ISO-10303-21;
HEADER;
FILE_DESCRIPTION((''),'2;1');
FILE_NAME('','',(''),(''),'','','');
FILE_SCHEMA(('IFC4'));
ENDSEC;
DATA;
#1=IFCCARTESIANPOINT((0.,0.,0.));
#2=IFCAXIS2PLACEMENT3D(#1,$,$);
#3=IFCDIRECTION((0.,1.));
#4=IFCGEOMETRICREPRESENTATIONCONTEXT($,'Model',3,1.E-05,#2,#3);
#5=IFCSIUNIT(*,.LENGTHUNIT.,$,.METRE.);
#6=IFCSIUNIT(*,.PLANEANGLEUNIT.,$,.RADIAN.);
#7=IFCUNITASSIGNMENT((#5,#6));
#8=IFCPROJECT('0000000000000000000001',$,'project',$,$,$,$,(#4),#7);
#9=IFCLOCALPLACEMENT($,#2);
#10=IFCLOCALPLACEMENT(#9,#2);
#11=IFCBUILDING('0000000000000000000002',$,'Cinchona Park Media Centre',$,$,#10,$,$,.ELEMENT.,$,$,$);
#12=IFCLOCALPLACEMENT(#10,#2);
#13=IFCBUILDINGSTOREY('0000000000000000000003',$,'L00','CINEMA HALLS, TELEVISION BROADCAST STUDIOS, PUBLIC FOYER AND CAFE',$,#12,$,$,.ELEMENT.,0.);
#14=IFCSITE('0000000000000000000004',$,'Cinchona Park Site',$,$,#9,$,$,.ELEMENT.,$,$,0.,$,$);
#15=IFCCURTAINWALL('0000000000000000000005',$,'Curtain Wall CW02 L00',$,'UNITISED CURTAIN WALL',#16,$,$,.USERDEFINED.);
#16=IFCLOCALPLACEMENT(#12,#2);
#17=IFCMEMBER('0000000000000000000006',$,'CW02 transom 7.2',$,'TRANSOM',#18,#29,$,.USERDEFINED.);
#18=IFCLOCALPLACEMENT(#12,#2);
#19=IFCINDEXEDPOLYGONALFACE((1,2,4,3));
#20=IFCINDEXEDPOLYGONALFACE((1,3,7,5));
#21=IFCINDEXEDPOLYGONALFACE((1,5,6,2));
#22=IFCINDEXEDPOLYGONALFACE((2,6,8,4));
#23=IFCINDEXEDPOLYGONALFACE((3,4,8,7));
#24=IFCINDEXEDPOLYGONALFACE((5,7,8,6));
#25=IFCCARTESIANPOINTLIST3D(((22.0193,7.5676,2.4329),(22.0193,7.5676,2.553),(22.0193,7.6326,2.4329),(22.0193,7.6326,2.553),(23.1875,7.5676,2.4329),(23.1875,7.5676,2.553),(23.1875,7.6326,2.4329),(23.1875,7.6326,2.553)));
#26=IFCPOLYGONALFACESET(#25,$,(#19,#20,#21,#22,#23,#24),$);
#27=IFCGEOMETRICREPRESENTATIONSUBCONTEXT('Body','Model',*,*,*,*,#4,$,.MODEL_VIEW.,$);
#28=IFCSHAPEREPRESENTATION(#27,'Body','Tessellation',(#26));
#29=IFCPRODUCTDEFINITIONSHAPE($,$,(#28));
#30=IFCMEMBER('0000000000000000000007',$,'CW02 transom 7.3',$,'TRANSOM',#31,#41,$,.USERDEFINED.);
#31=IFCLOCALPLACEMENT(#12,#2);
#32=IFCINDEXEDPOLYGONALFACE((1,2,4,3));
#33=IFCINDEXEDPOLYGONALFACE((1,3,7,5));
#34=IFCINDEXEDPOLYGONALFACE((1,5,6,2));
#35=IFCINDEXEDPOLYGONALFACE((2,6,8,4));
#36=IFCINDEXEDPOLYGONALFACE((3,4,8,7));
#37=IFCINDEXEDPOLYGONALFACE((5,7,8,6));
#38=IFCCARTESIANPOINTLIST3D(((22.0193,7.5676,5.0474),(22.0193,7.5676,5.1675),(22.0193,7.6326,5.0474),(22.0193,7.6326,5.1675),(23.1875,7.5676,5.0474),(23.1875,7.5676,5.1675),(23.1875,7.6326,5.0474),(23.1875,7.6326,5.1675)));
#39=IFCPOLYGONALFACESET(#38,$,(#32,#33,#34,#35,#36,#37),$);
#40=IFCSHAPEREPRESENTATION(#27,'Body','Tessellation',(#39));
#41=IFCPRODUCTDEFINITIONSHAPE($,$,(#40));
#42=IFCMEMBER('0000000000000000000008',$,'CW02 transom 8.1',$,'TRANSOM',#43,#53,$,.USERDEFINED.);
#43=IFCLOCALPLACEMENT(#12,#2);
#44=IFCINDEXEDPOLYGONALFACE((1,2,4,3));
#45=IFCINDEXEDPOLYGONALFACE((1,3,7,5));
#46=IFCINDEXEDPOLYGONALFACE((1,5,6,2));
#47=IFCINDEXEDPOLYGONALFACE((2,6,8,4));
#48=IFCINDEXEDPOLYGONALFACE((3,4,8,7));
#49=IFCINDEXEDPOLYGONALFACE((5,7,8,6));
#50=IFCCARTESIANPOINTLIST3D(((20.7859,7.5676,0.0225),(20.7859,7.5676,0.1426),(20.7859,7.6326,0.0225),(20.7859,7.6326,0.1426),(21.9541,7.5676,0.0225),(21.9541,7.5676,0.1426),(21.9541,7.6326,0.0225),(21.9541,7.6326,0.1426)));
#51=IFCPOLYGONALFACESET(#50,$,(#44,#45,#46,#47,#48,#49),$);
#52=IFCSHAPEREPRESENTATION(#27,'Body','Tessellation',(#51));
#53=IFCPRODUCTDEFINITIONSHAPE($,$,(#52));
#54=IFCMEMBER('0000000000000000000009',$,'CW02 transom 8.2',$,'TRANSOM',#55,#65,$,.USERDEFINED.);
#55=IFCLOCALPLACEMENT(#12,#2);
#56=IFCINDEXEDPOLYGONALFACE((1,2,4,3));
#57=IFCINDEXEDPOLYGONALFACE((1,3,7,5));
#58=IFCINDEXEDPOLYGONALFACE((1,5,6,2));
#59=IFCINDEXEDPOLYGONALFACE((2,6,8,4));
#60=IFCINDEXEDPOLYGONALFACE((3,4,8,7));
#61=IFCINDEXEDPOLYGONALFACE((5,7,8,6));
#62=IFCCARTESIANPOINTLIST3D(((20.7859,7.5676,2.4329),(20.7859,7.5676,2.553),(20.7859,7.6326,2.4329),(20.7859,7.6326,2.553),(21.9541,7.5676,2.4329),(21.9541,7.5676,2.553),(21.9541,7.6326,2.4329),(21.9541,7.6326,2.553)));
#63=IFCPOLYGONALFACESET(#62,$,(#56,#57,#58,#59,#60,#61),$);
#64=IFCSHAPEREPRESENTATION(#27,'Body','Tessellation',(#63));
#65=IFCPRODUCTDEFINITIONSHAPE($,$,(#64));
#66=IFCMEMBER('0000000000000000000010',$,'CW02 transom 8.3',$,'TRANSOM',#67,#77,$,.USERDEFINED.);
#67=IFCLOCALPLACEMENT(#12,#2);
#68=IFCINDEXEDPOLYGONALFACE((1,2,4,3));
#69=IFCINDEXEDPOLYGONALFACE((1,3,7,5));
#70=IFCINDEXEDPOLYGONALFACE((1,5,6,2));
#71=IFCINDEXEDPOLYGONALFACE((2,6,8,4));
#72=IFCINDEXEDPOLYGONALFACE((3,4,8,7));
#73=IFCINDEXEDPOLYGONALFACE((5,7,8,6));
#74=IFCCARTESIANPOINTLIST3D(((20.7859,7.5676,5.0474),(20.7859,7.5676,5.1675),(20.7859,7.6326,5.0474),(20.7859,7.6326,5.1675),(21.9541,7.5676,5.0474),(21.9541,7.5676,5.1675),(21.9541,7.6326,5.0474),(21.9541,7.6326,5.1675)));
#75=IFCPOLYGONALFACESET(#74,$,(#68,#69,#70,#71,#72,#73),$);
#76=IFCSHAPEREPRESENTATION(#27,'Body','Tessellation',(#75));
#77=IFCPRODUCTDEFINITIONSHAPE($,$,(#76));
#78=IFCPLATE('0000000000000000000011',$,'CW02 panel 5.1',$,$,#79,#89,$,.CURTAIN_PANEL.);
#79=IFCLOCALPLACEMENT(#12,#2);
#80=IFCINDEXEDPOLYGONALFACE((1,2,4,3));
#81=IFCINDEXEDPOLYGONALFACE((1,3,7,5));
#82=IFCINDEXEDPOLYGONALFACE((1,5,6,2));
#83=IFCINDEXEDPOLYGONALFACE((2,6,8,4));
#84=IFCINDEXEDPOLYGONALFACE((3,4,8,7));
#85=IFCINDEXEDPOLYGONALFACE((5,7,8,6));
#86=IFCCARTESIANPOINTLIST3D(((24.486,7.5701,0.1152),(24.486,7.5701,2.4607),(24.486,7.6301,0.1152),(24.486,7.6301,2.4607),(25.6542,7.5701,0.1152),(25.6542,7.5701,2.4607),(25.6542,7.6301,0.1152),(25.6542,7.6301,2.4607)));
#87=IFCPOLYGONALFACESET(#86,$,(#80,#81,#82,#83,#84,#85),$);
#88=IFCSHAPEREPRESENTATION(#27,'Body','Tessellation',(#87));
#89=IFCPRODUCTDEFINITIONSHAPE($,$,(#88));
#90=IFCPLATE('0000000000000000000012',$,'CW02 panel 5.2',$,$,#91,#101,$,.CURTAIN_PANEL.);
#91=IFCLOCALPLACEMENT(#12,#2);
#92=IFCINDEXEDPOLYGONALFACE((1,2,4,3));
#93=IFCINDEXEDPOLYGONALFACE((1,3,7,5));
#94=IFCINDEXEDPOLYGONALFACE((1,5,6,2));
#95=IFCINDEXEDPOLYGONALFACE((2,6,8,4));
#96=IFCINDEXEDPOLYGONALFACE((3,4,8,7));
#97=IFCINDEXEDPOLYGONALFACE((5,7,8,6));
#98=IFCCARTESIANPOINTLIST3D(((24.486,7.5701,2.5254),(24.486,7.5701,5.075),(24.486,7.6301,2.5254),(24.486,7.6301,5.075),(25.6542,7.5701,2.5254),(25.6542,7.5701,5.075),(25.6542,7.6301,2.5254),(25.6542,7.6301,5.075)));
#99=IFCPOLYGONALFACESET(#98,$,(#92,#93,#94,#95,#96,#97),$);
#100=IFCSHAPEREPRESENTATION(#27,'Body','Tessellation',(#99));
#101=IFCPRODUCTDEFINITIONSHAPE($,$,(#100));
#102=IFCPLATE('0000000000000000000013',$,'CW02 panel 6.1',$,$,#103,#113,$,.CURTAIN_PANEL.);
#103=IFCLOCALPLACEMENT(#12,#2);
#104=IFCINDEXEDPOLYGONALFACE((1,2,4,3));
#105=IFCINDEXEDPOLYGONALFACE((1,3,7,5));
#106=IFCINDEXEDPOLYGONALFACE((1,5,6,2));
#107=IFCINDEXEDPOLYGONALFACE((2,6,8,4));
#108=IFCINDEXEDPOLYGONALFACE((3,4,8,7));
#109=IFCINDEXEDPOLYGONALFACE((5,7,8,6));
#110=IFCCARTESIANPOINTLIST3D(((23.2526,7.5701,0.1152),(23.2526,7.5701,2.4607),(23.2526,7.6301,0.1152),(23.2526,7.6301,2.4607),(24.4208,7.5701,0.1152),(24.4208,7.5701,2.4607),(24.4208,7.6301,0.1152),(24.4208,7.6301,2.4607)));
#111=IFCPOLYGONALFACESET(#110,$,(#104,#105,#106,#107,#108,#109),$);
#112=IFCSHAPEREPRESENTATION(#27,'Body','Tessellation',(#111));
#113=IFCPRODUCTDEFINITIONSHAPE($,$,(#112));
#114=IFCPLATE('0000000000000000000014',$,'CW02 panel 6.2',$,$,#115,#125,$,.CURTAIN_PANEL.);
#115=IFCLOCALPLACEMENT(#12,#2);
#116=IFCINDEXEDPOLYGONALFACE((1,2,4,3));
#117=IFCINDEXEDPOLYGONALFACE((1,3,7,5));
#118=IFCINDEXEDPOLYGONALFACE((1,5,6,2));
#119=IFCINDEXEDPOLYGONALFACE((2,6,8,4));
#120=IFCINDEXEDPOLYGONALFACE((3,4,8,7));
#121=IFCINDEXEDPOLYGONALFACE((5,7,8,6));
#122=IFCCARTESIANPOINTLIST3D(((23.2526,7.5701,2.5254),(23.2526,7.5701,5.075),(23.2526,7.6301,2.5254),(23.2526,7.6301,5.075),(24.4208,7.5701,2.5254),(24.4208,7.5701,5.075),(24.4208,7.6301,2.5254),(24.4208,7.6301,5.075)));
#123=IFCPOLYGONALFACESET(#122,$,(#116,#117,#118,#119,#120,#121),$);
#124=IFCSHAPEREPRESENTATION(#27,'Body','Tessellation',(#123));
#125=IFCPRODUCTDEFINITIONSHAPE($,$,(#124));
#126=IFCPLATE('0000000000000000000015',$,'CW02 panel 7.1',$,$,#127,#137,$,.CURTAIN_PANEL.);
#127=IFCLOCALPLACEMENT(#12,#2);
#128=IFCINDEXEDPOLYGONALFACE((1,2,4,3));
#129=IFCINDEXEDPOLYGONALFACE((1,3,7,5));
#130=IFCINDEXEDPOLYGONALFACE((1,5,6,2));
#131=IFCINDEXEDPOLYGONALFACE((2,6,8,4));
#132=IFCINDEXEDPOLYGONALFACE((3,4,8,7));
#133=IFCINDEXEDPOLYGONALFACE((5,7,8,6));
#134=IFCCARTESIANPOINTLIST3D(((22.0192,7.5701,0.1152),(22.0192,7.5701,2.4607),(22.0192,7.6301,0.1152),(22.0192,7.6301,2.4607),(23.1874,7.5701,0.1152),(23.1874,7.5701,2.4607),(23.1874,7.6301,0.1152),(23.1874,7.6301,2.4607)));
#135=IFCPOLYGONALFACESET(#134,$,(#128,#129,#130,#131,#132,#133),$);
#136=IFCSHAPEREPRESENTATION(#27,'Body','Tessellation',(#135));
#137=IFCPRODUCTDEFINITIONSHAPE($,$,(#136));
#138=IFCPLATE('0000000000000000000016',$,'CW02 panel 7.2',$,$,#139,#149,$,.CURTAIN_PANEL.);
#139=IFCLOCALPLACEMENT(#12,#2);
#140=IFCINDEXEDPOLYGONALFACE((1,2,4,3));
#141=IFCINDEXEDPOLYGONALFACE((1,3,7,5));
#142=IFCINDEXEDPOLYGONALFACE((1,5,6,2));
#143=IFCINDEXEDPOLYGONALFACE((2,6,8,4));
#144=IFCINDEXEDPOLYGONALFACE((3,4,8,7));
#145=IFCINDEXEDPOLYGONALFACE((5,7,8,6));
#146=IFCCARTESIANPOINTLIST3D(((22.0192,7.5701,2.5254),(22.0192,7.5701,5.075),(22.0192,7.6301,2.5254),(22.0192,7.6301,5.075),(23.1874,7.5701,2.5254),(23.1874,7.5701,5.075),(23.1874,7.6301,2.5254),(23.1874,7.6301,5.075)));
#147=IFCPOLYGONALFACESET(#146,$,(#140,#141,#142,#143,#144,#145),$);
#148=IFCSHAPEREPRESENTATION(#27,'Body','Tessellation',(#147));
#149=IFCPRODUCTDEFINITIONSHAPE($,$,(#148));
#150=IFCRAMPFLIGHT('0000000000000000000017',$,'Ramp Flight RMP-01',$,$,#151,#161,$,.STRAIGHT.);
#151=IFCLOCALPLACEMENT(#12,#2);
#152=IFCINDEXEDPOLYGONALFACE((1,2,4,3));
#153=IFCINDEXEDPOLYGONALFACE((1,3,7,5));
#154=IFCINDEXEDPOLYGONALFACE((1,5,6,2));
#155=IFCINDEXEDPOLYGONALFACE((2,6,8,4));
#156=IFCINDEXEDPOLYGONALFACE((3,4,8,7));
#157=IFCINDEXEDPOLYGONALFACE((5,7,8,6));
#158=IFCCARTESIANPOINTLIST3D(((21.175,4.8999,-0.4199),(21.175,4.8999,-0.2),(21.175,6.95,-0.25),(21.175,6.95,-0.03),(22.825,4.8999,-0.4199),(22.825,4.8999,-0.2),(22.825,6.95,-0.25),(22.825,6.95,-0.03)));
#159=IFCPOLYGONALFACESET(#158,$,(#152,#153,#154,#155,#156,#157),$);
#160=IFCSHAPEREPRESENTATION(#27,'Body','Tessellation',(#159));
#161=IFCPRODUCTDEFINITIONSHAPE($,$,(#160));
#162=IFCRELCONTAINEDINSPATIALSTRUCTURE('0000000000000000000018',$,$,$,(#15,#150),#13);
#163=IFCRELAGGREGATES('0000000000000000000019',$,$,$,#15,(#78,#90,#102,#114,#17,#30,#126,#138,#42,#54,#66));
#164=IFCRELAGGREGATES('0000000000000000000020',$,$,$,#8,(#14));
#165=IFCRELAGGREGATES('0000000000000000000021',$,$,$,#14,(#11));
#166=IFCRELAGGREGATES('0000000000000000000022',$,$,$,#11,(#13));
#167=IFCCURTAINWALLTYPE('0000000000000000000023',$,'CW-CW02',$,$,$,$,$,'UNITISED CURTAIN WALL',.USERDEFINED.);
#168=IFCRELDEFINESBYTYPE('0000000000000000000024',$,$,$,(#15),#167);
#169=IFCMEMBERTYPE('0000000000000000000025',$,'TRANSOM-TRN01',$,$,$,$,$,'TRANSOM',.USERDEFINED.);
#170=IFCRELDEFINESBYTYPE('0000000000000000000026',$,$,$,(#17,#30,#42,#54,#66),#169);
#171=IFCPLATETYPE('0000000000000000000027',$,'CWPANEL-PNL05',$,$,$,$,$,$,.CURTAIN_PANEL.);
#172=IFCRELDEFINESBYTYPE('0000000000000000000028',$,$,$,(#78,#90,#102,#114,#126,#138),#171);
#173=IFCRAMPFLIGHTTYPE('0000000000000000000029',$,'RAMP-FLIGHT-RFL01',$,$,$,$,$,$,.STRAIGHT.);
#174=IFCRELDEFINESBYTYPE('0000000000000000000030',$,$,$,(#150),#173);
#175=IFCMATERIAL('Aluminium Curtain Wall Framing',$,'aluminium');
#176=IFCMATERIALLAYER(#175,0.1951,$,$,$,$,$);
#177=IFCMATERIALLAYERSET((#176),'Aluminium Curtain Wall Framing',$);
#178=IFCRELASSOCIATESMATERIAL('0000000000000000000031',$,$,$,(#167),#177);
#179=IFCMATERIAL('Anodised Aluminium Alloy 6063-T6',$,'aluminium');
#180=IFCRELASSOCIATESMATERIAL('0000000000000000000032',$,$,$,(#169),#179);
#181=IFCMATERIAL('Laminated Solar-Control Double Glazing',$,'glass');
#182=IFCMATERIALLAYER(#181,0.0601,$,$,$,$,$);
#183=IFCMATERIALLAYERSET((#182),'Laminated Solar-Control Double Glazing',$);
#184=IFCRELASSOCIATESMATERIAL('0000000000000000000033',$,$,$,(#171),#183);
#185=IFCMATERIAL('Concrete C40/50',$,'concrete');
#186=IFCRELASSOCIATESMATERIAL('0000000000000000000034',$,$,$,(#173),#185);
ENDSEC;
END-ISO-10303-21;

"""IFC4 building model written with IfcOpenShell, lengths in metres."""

from ifc_helpers import new_model, si_unit, direction, frame, origin, origin_2d, place, context, subcontext, project, spatial, polyline, rectangle, outline, extrude, material, layer, layer_set, material_profile, profile_set, type_object, element, aggregate, save


model = new_model("IFC4")

# Units and contexts
model_context = context("Model", 3, precision=1e-05, world=origin(), true_north=direction((0.0, 1.0)))
body_context = subcontext(model_context, "Body", "Model", "MODEL_VIEW")
ifc_project = project(units=[si_unit("LENGTHUNIT", "METRE"), si_unit("PLANEANGLEUNIT", "RADIAN")], contexts=[model_context])

# Site, building, storey
site_placement = place(None, origin())
site = spatial("IfcSite", under=ifc_project, at=site_placement, Name="Cinchona Park Site", CompositionType="ELEMENT", RefElevation=0.0)
building_placement = place(site_placement, origin())
building = spatial("IfcBuilding", under=site, at=building_placement, Name="Cinchona Park Media Centre", CompositionType="ELEMENT")
storey_placement = place(building_placement, origin())
storey = spatial("IfcBuildingStorey", under=building, at=storey_placement, Name="L00", Description="CINEMA HALLS, TELEVISION BROADCAST STUDIOS, PUBLIC FOYER AND CAFE", CompositionType="ELEMENT", Elevation=0.0)

# Curtain wall, members, plates
ifc_material_1 = material(Name="Aluminium Curtain Wall Framing", Category="aluminium")
ifc_layer_1 = layer(ifc_material_1, 0.1951)
ifc_layer_set_1 = layer_set([ifc_layer_1], Name="Aluminium Curtain Wall Framing")
curtain_wall_type = type_object("IfcCurtainWallType", Name="CW-CW02", ElementType="UNITISED CURTAIN WALL", PredefinedType="USERDEFINED", material=ifc_layer_set_1)
curtain_wall_placement = place(storey_placement, origin())
curtain_wall = element("IfcCurtainWall", 1, at=curtain_wall_placement, inside=storey, type_object=curtain_wall_type, Name="Curtain Wall CW02 L00", ObjectType="UNITISED CURTAIN WALL", PredefinedType="USERDEFINED")
ifc_material_2 = material(Name="Anodised Aluminium Alloy 6063-T6", Category="aluminium")
ifc_material_profile_1 = material_profile(ifc_material_2, rectangle(XDim=0.0649, YDim=0.1201, at=origin_2d()), Name="TRN-65X120")
ifc_profile_set_1 = profile_set([ifc_material_profile_1], Name="Anodised Aluminium Alloy 6063-T6")
member_type_1 = type_object("IfcMemberType", Name="TRANSOM-TRN01", ElementType="TRANSOM", PredefinedType="USERDEFINED", material=ifc_profile_set_1)
member_1_placement = place(storey_placement, frame((23.1875, 7.6001, 2.4929), z_axis=(-1.0, 0.0, 0.0), x_axis=(0.0, -1.0, 0.0)))
member_1 = element("IfcMember", 2, at=member_1_placement, type_object=member_type_1, Name="CW02 transom 7.2", ObjectType="TRANSOM", PredefinedType="USERDEFINED", context=body_context, shape_type="SweptSolid", body=[
    extrude(rectangle(XDim=0.0649, YDim=0.1201, at=origin_2d()), origin(), (0.0, 0.0, 1.0), 1.1682),
])
member_2_placement = place(storey_placement, frame((23.1875, 7.6001, 5.1074), z_axis=(-1.0, 0.0, 0.0), x_axis=(0.0, -1.0, 0.0)))
member_2 = element("IfcMember", 3, at=member_2_placement, type_object=member_type_1, Name="CW02 transom 7.3", ObjectType="TRANSOM", PredefinedType="USERDEFINED", context=body_context, shape_type="SweptSolid", body=[
    extrude(rectangle(XDim=0.0649, YDim=0.1201, at=origin_2d()), origin(), (0.0, 0.0, 1.0), 1.1682),
])
member_3_placement = place(storey_placement, frame((21.9541, 7.6001, 0.0825), z_axis=(-1.0, 0.0, 0.0), x_axis=(0.0, -1.0, 0.0)))
member_3 = element("IfcMember", 4, at=member_3_placement, type_object=member_type_1, Name="CW02 transom 8.1", ObjectType="TRANSOM", PredefinedType="USERDEFINED", context=body_context, shape_type="SweptSolid", body=[
    extrude(rectangle(XDim=0.0649, YDim=0.1201, at=origin_2d()), origin(), (0.0, 0.0, 1.0), 1.1682),
])
member_4_placement = place(storey_placement, frame((21.9541, 7.6001, 2.4929), z_axis=(-1.0, 0.0, 0.0), x_axis=(0.0, -1.0, 0.0)))
member_4 = element("IfcMember", 5, at=member_4_placement, type_object=member_type_1, Name="CW02 transom 8.2", ObjectType="TRANSOM", PredefinedType="USERDEFINED", context=body_context, shape_type="SweptSolid", body=[
    extrude(rectangle(XDim=0.0649, YDim=0.1201, at=origin_2d()), origin(), (0.0, 0.0, 1.0), 1.1682),
])
member_5_placement = place(storey_placement, frame((21.9541, 7.6001, 5.1074), z_axis=(-1.0, 0.0, 0.0), x_axis=(0.0, -1.0, 0.0)))
member_5 = element("IfcMember", 6, at=member_5_placement, type_object=member_type_1, Name="CW02 transom 8.3", ObjectType="TRANSOM", PredefinedType="USERDEFINED", context=body_context, shape_type="SweptSolid", body=[
    extrude(rectangle(XDim=0.0649, YDim=0.1201, at=origin_2d()), origin(), (0.0, 0.0, 1.0), 1.1682),
])
ifc_material_3 = material(Name="Laminated Solar-Control Double Glazing", Category="glass")
ifc_layer_2 = layer(ifc_material_3, 0.0601)
ifc_layer_set_2 = layer_set([ifc_layer_2], Name="Laminated Solar-Control Double Glazing")
plate_type = type_object("IfcPlateType", Name="CWPANEL-PNL05", PredefinedType="CURTAIN_PANEL", material=ifc_layer_set_2)
plate_1_placement = place(storey_placement, frame((25.0701, 7.6001, 0.1152), z_axis=(0.0, 0.0, 1.0), x_axis=(-1.0, 0.0, 0.0)))
plate_1 = element("IfcPlate", 7, at=plate_1_placement, type_object=plate_type, Name="CW02 panel 5.1", PredefinedType="CURTAIN_PANEL", context=body_context, shape_type="SweptSolid", body=[
    extrude(rectangle(XDim=1.1682, YDim=0.0601, at=origin_2d()), origin(), (0.0, 0.0, 1.0), 2.3455),
])
plate_2_placement = place(storey_placement, frame((25.0701, 7.6001, 2.5254), z_axis=(0.0, 0.0, 1.0), x_axis=(-1.0, 0.0, 0.0)))
plate_2 = element("IfcPlate", 8, at=plate_2_placement, type_object=plate_type, Name="CW02 panel 5.2", PredefinedType="CURTAIN_PANEL", context=body_context, shape_type="SweptSolid", body=[
    extrude(rectangle(XDim=1.1682, YDim=0.0601, at=origin_2d()), origin(), (0.0, 0.0, 1.0), 2.5496),
])
plate_3_placement = place(storey_placement, frame((23.8367, 7.6001, 0.1152), z_axis=(0.0, 0.0, 1.0), x_axis=(-1.0, 0.0, 0.0)))
plate_3 = element("IfcPlate", 9, at=plate_3_placement, type_object=plate_type, Name="CW02 panel 6.1", PredefinedType="CURTAIN_PANEL", context=body_context, shape_type="SweptSolid", body=[
    extrude(rectangle(XDim=1.1682, YDim=0.0601, at=origin_2d()), origin(), (0.0, 0.0, 1.0), 2.3455),
])
plate_4_placement = place(storey_placement, frame((23.8367, 7.6001, 2.5254), z_axis=(0.0, 0.0, 1.0), x_axis=(-1.0, 0.0, 0.0)))
plate_4 = element("IfcPlate", 10, at=plate_4_placement, type_object=plate_type, Name="CW02 panel 6.2", PredefinedType="CURTAIN_PANEL", context=body_context, shape_type="SweptSolid", body=[
    extrude(rectangle(XDim=1.1682, YDim=0.0601, at=origin_2d()), origin(), (0.0, 0.0, 1.0), 2.5496),
])
plate_5_placement = place(storey_placement, frame((22.6033, 7.6001, 0.1152), z_axis=(0.0, 0.0, 1.0), x_axis=(-1.0, 0.0, 0.0)))
plate_5 = element("IfcPlate", 11, at=plate_5_placement, type_object=plate_type, Name="CW02 panel 7.1", PredefinedType="CURTAIN_PANEL", context=body_context, shape_type="SweptSolid", body=[
    extrude(rectangle(XDim=1.1682, YDim=0.0601, at=origin_2d()), origin(), (0.0, 0.0, 1.0), 2.3455),
])
plate_6_placement = place(storey_placement, frame((22.6033, 7.6001, 2.5254), z_axis=(0.0, 0.0, 1.0), x_axis=(-1.0, 0.0, 0.0)))
plate_6 = element("IfcPlate", 12, at=plate_6_placement, type_object=plate_type, Name="CW02 panel 7.2", PredefinedType="CURTAIN_PANEL", context=body_context, shape_type="SweptSolid", body=[
    extrude(rectangle(XDim=1.1682, YDim=0.0601, at=origin_2d()), origin(), (0.0, 0.0, 1.0), 2.5496),
])
aggregate(curtain_wall, [plate_1, plate_2, plate_3, plate_4, member_1, member_2, plate_5, plate_6, member_3, member_4, member_5])

# Ramp flight
ifc_material_4 = material(Name="Concrete C40/50", Category="concrete")
ramp_flight_type = type_object("IfcRampFlightType", Name="RAMP-FLIGHT-RFL01", PredefinedType="STRAIGHT", material=ifc_material_4)
ramp_flight_placement = place(storey_placement, frame((22.0, 4.8999, -0.2), z_axis=(0.0, 0.0, 1.0), x_axis=(0.0, 1.0, 0.0)))
element("IfcRampFlight", 13, at=ramp_flight_placement, inside=storey, type_object=ramp_flight_type, Name="Ramp Flight RMP-01", PredefinedType="STRAIGHT", context=body_context, shape_type="SweptSolid", body=[
    extrude(outline(polyline([(0.0, 0.0), (2.05, 0.1699), (2.05, -0.05), (0.0, -0.22), (0.0, 0.0)])), frame((0.0, 0.825, 0.0), z_axis=(0.0, -1.0, 0.0), x_axis=(1.0, 0.0, 0.0)), (0.0, 0.0, 1.0), 1.6499),
])

save(model, "model.ifc")
